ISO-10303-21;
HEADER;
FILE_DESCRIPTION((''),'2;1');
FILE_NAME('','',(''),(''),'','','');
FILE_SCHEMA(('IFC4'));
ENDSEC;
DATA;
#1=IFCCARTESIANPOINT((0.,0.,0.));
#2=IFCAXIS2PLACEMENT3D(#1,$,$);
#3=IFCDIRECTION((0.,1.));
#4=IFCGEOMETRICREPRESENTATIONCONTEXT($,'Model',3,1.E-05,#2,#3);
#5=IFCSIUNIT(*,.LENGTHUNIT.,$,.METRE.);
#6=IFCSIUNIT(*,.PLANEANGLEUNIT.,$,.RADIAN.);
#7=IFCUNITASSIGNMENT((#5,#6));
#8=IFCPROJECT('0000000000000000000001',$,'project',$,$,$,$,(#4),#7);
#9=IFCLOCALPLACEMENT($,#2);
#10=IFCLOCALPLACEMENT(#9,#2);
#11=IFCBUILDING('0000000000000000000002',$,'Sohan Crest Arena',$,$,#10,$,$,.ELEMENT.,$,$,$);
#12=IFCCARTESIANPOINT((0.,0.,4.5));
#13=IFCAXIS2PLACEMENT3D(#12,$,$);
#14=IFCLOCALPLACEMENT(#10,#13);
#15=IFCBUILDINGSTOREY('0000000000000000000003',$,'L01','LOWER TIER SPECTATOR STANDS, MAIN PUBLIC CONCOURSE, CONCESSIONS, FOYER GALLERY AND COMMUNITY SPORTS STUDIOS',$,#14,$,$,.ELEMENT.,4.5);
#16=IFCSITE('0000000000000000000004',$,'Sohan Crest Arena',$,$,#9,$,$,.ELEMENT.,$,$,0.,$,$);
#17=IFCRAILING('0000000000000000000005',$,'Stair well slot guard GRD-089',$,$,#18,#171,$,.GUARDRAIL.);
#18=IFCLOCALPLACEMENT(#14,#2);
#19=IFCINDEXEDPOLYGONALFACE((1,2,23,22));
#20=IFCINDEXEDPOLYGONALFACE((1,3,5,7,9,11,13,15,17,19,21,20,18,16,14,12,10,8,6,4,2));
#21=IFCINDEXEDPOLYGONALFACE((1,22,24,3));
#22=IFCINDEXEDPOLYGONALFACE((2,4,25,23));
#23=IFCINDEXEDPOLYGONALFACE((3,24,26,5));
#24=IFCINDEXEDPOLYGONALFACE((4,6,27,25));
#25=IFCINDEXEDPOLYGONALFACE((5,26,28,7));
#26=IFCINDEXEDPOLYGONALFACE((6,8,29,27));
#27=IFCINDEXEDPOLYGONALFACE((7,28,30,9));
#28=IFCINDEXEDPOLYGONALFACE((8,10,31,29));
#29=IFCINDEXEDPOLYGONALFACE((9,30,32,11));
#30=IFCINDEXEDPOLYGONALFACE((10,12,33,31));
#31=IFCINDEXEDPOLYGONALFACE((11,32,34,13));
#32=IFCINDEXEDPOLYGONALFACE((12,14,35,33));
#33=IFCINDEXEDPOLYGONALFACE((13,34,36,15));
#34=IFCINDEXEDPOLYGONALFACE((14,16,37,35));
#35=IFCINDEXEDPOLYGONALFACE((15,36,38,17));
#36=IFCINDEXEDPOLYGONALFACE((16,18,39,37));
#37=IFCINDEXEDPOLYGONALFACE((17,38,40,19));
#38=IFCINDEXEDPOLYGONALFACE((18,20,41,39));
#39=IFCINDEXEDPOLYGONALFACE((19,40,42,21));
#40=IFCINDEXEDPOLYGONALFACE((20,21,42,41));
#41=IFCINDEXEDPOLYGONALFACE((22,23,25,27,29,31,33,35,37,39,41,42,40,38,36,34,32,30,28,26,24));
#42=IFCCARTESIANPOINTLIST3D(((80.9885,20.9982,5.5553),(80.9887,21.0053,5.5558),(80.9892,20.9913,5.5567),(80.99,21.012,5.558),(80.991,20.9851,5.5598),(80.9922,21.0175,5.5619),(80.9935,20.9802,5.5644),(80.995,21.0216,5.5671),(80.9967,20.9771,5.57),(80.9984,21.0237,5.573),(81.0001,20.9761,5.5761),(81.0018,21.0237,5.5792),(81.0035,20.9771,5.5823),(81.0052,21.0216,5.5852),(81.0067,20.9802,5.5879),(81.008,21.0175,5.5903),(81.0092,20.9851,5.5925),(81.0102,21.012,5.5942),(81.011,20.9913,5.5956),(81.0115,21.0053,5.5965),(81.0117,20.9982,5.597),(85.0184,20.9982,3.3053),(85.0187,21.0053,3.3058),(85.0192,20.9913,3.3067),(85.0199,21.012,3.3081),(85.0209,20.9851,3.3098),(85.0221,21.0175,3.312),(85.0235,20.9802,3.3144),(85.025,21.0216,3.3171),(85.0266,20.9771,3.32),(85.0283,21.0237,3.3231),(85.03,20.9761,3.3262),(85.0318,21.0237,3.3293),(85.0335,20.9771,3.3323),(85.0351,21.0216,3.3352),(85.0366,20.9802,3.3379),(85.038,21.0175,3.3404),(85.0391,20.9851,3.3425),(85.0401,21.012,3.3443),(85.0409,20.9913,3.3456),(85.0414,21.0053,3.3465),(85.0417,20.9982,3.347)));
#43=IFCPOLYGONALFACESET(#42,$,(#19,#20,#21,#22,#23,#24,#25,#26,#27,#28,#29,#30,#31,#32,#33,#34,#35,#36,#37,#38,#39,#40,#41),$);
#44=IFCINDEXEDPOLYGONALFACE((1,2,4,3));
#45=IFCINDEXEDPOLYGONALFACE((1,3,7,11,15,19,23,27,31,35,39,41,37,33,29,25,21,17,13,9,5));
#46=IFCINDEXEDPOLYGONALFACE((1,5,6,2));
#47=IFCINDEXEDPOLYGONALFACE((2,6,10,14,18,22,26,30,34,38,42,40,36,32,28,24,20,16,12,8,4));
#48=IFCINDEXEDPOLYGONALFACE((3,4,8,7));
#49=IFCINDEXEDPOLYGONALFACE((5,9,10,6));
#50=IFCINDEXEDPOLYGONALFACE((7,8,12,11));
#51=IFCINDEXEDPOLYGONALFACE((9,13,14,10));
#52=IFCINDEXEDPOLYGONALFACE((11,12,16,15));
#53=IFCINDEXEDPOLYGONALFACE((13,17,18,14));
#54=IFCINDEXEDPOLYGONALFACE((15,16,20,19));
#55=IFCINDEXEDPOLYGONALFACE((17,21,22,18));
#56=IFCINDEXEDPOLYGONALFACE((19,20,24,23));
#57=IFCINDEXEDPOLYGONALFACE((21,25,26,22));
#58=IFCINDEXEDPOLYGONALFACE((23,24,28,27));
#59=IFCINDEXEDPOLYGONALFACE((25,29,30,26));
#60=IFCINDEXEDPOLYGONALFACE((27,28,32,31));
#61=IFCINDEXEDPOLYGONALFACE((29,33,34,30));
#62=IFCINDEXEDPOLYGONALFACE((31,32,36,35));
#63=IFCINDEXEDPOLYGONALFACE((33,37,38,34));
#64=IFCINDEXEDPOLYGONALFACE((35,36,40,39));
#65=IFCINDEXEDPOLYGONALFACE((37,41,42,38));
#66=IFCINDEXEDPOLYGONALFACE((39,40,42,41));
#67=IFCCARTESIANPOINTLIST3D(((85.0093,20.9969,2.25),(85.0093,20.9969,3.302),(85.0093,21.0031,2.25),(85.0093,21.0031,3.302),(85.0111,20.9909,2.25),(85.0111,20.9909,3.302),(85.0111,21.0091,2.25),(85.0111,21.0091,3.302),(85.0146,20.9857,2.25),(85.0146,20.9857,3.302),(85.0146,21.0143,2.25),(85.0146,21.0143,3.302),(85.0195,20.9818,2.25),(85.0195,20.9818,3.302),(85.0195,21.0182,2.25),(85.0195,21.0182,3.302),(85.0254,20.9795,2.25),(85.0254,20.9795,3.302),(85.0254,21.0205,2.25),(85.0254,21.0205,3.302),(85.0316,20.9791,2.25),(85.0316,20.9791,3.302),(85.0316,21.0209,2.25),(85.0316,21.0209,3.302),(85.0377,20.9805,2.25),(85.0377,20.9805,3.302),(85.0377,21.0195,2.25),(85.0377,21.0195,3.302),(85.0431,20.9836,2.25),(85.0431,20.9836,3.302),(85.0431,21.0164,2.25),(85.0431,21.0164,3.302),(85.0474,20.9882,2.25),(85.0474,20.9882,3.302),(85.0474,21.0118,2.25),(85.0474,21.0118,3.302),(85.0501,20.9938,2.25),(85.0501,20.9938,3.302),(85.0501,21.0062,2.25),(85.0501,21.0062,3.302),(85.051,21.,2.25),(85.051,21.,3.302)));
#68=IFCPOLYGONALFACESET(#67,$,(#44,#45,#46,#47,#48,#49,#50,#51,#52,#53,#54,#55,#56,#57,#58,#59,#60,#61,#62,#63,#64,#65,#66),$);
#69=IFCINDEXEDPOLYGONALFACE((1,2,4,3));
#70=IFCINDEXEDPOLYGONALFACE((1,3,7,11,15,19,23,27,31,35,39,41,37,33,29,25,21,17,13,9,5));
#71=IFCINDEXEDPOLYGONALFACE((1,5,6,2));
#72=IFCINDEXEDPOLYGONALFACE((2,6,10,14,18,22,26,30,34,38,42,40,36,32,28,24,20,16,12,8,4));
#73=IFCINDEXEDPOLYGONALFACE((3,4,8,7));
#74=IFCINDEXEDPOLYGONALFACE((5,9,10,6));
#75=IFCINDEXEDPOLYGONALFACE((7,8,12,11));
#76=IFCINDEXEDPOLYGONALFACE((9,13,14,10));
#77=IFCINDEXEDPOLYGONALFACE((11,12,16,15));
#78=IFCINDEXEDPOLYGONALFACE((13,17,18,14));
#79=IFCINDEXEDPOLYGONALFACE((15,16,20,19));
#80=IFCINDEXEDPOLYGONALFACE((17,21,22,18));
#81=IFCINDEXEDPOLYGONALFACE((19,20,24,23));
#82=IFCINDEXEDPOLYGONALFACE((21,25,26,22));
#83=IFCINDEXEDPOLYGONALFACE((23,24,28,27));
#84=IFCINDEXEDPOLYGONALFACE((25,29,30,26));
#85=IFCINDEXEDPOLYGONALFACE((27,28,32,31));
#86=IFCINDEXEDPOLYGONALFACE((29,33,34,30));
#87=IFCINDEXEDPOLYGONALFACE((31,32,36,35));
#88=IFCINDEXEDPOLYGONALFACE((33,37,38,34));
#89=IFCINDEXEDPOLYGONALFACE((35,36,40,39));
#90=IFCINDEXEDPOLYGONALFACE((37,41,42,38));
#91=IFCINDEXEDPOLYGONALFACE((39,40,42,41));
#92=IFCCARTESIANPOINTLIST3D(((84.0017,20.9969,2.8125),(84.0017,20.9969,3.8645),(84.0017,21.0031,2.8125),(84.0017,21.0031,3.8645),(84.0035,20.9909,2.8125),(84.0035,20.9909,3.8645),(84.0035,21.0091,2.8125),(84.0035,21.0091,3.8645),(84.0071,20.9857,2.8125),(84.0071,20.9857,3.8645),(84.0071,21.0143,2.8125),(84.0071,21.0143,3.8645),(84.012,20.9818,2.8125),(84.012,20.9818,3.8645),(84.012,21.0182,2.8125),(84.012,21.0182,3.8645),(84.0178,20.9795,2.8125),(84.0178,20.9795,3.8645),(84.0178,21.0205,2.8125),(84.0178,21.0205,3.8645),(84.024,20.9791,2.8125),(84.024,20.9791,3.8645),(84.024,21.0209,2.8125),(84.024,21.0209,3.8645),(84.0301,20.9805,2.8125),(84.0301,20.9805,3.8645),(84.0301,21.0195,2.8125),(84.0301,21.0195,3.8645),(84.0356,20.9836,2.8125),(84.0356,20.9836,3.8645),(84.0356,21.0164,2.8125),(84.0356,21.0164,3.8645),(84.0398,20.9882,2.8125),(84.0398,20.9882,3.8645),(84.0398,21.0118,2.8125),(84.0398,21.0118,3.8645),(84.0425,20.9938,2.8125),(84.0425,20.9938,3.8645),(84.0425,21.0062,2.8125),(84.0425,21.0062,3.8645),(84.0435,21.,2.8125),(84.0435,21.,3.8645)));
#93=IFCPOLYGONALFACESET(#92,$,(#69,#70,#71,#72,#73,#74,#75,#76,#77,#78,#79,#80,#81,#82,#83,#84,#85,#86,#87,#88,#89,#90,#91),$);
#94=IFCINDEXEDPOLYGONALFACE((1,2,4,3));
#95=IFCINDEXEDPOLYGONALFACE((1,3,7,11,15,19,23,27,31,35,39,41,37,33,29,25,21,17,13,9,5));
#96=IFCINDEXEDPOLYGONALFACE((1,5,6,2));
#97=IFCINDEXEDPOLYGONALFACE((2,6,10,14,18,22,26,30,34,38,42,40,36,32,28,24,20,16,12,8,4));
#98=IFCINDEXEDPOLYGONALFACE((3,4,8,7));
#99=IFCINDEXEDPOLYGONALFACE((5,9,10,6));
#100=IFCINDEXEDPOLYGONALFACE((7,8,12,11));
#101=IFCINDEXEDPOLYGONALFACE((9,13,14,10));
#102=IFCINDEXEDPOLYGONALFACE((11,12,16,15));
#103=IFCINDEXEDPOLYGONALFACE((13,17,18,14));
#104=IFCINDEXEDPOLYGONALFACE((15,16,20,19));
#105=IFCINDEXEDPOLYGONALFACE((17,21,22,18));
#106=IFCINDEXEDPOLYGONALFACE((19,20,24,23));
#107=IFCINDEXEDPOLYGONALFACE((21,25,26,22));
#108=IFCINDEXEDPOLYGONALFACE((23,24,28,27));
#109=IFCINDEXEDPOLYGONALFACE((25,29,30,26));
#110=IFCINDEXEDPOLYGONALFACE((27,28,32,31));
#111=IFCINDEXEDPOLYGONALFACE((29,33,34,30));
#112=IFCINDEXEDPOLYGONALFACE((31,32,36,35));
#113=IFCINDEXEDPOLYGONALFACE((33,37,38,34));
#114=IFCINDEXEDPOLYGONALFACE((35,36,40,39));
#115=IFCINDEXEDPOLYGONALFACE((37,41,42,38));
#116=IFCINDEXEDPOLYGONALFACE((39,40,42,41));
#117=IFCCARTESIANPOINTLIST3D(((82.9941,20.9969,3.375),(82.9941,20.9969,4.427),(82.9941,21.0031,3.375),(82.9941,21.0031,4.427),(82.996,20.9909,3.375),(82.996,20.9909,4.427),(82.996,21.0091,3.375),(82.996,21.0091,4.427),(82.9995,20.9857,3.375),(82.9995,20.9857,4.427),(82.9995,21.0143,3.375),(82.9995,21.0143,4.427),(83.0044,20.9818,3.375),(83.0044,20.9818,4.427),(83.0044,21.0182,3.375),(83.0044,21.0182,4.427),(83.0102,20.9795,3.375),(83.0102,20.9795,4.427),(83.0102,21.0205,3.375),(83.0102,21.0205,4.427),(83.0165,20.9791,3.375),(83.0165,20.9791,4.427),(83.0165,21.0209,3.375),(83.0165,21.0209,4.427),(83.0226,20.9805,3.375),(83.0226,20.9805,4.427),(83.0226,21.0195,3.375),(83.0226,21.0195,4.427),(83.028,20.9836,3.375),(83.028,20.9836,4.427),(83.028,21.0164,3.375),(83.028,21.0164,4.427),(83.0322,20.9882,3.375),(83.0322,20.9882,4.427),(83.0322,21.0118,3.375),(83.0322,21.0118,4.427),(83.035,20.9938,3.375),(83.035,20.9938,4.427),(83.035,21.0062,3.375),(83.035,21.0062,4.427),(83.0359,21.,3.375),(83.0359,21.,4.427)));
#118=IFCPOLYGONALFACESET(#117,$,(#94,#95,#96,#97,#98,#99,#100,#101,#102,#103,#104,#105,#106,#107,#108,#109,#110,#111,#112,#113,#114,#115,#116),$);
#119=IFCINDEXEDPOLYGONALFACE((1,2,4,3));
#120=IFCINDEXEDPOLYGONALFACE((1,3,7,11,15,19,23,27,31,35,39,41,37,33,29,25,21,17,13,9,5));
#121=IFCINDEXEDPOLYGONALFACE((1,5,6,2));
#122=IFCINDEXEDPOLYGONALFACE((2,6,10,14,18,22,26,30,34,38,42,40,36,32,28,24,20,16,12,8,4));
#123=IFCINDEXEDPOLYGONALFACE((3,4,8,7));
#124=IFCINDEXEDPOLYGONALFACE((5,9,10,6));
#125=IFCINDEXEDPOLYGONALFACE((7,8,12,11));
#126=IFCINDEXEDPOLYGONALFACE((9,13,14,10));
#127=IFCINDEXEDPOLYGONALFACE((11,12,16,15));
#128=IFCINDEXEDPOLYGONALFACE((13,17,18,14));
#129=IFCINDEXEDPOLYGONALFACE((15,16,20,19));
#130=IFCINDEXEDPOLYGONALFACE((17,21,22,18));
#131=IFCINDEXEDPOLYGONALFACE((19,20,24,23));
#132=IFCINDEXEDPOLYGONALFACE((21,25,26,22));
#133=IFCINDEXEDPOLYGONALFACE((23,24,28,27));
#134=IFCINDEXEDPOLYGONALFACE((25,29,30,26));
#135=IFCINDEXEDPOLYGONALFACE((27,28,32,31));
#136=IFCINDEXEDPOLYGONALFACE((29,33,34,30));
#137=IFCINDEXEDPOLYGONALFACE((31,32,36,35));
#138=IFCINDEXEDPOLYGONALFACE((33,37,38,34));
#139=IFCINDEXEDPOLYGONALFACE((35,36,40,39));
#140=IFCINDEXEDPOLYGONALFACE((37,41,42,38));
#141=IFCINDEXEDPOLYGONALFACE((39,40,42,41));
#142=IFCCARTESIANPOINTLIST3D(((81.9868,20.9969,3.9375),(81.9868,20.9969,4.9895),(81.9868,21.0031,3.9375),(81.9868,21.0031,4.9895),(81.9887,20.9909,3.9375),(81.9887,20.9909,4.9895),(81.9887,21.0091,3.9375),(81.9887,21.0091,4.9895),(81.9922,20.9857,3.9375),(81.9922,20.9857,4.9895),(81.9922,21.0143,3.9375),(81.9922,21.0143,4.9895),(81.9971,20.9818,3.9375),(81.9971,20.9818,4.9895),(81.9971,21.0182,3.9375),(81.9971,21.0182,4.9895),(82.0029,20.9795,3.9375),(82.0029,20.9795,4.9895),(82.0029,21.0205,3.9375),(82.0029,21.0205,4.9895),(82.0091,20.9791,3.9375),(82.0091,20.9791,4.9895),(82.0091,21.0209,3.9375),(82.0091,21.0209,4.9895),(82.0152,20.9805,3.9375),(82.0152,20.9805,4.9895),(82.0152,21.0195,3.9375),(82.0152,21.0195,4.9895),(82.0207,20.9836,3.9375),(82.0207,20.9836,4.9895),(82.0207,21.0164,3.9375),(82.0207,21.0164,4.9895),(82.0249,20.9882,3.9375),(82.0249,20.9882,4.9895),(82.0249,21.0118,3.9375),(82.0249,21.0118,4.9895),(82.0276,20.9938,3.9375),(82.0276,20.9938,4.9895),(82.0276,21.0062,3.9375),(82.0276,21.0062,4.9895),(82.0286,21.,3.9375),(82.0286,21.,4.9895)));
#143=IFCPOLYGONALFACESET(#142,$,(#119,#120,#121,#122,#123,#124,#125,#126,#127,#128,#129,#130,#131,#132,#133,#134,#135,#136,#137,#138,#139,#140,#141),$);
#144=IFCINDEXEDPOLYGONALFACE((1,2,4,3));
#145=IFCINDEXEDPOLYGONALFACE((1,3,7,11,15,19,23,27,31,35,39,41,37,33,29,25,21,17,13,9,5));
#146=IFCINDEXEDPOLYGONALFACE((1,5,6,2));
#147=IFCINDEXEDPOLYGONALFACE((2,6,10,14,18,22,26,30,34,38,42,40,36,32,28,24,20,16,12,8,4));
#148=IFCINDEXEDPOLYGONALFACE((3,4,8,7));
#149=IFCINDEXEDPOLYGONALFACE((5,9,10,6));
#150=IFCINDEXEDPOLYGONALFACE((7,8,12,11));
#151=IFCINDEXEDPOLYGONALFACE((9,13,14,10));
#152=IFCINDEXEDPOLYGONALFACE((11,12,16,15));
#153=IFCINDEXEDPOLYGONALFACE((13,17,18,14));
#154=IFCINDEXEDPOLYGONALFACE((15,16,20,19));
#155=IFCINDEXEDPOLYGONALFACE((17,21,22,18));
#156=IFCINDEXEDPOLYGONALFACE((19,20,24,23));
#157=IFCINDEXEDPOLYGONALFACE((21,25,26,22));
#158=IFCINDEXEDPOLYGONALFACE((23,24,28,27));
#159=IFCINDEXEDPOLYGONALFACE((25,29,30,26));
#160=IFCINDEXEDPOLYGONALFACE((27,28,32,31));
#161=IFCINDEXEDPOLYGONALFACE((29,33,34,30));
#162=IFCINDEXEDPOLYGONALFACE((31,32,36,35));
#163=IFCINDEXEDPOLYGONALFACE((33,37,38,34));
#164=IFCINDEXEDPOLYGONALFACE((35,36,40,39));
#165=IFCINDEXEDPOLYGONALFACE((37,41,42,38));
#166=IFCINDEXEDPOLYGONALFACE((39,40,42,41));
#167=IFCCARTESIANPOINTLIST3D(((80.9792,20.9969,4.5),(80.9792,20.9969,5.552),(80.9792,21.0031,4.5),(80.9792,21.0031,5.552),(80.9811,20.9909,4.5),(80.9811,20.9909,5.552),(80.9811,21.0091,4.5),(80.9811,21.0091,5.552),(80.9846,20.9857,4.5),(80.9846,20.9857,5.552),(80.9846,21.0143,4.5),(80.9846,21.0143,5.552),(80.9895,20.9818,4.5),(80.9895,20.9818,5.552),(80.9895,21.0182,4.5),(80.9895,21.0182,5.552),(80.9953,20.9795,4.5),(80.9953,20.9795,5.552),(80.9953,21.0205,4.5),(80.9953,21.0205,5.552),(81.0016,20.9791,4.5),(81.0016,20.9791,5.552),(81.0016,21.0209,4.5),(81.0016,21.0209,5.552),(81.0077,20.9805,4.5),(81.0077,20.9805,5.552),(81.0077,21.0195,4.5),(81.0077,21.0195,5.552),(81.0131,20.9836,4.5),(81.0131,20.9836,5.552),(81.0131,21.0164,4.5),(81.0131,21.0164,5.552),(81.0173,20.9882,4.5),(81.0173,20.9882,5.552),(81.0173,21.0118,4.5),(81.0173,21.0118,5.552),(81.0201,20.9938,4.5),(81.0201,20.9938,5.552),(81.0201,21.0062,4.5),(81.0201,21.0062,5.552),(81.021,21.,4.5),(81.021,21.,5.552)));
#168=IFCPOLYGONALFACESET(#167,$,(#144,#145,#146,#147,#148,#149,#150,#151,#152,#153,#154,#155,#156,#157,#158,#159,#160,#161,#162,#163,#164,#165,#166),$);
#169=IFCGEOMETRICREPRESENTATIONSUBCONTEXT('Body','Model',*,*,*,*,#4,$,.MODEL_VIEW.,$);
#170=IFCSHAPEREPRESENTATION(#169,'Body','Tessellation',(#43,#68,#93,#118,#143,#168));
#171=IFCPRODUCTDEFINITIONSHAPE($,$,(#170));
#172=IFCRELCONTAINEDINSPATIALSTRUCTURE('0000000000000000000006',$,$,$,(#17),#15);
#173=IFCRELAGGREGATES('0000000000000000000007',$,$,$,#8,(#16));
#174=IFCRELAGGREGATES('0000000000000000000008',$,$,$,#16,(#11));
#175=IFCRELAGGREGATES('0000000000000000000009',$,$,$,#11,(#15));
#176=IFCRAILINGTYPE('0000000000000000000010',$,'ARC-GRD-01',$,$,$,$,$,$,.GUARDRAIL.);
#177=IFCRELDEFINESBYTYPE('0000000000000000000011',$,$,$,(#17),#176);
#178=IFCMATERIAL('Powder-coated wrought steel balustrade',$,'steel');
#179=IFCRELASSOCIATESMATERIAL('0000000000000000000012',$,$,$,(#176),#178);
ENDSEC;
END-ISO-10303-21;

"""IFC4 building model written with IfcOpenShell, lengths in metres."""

from ifc_helpers import new_model, si_unit, direction, frame, origin, origin_2d, place, context, subcontext, project, spatial, circle, extrude, material, type_object, element, save


model = new_model("IFC4")

# Units and contexts
model_context = context("Model", 3, precision=1e-05, world=origin(), true_north=direction((0.0, 1.0)))
body_context = subcontext(model_context, "Body", "Model", "MODEL_VIEW")
ifc_project = project(units=[si_unit("LENGTHUNIT", "METRE"), si_unit("PLANEANGLEUNIT", "RADIAN")], contexts=[model_context])

# Site, building, storey
site_placement = place(None, origin())
site = spatial("IfcSite", under=ifc_project, at=site_placement, Name="Sohan Crest Arena", CompositionType="ELEMENT", RefElevation=0.0)
building_placement = place(site_placement, origin())
building = spatial("IfcBuilding", under=site, at=building_placement, Name="Sohan Crest Arena", CompositionType="ELEMENT")
storey_placement = place(building_placement, frame((0.0, 0.0, 4.5)))
storey = spatial("IfcBuildingStorey", under=building, at=storey_placement, Name="L01", Description="LOWER TIER SPECTATOR STANDS, MAIN PUBLIC CONCOURSE, CONCESSIONS, FOYER GALLERY AND COMMUNITY SPORTS STUDIOS", CompositionType="ELEMENT", Elevation=4.5)

# Railing
ifc_material_1 = material(Name="Powder-coated wrought steel balustrade", Category="steel")
railing_type_1 = type_object("IfcRailingType", Name="ARC-GRD-01", PredefinedType="GUARDRAIL", material=ifc_material_1)
railing_1_placement = place(storey_placement, frame((85.03, 21.0, 2.25)))
element("IfcRailing", 1, at=railing_1_placement, inside=storey, type_object=railing_type_1, Name="Stair well slot guard GRD-089", PredefinedType="GUARDRAIL", context=body_context, shape_type="SweptSolid", body=[
    extrude(circle(Radius=0.0239, at=origin_2d()), frame((0.0, 0.0, 1.0762), z_axis=(-0.873135, 0.0, 0.487479), x_axis=(0.0, -1.0, 0.0)), (0.0, 0.0, 1.0), 4.6155),
    extrude(circle(Radius=0.021, at=origin_2d()), origin(), (0.0, 0.0, 1.0), 1.052),
    extrude(circle(Radius=0.021, at=origin_2d()), frame((-1.0076, 0.0, 0.5625)), (0.0, 0.0, 1.0), 1.052),
    extrude(circle(Radius=0.021, at=origin_2d()), frame((-2.0151, 0.0, 1.125)), (0.0, 0.0, 1.0), 1.052),
    extrude(circle(Radius=0.021, at=origin_2d()), frame((-3.0225, 0.0, 1.6875)), (0.0, 0.0, 1.0), 1.052),
    extrude(circle(Radius=0.021, at=origin_2d()), frame((-4.03, 0.0, 2.25)), (0.0, 0.0, 1.0), 1.052),
])

save(model, "model.ifc")
